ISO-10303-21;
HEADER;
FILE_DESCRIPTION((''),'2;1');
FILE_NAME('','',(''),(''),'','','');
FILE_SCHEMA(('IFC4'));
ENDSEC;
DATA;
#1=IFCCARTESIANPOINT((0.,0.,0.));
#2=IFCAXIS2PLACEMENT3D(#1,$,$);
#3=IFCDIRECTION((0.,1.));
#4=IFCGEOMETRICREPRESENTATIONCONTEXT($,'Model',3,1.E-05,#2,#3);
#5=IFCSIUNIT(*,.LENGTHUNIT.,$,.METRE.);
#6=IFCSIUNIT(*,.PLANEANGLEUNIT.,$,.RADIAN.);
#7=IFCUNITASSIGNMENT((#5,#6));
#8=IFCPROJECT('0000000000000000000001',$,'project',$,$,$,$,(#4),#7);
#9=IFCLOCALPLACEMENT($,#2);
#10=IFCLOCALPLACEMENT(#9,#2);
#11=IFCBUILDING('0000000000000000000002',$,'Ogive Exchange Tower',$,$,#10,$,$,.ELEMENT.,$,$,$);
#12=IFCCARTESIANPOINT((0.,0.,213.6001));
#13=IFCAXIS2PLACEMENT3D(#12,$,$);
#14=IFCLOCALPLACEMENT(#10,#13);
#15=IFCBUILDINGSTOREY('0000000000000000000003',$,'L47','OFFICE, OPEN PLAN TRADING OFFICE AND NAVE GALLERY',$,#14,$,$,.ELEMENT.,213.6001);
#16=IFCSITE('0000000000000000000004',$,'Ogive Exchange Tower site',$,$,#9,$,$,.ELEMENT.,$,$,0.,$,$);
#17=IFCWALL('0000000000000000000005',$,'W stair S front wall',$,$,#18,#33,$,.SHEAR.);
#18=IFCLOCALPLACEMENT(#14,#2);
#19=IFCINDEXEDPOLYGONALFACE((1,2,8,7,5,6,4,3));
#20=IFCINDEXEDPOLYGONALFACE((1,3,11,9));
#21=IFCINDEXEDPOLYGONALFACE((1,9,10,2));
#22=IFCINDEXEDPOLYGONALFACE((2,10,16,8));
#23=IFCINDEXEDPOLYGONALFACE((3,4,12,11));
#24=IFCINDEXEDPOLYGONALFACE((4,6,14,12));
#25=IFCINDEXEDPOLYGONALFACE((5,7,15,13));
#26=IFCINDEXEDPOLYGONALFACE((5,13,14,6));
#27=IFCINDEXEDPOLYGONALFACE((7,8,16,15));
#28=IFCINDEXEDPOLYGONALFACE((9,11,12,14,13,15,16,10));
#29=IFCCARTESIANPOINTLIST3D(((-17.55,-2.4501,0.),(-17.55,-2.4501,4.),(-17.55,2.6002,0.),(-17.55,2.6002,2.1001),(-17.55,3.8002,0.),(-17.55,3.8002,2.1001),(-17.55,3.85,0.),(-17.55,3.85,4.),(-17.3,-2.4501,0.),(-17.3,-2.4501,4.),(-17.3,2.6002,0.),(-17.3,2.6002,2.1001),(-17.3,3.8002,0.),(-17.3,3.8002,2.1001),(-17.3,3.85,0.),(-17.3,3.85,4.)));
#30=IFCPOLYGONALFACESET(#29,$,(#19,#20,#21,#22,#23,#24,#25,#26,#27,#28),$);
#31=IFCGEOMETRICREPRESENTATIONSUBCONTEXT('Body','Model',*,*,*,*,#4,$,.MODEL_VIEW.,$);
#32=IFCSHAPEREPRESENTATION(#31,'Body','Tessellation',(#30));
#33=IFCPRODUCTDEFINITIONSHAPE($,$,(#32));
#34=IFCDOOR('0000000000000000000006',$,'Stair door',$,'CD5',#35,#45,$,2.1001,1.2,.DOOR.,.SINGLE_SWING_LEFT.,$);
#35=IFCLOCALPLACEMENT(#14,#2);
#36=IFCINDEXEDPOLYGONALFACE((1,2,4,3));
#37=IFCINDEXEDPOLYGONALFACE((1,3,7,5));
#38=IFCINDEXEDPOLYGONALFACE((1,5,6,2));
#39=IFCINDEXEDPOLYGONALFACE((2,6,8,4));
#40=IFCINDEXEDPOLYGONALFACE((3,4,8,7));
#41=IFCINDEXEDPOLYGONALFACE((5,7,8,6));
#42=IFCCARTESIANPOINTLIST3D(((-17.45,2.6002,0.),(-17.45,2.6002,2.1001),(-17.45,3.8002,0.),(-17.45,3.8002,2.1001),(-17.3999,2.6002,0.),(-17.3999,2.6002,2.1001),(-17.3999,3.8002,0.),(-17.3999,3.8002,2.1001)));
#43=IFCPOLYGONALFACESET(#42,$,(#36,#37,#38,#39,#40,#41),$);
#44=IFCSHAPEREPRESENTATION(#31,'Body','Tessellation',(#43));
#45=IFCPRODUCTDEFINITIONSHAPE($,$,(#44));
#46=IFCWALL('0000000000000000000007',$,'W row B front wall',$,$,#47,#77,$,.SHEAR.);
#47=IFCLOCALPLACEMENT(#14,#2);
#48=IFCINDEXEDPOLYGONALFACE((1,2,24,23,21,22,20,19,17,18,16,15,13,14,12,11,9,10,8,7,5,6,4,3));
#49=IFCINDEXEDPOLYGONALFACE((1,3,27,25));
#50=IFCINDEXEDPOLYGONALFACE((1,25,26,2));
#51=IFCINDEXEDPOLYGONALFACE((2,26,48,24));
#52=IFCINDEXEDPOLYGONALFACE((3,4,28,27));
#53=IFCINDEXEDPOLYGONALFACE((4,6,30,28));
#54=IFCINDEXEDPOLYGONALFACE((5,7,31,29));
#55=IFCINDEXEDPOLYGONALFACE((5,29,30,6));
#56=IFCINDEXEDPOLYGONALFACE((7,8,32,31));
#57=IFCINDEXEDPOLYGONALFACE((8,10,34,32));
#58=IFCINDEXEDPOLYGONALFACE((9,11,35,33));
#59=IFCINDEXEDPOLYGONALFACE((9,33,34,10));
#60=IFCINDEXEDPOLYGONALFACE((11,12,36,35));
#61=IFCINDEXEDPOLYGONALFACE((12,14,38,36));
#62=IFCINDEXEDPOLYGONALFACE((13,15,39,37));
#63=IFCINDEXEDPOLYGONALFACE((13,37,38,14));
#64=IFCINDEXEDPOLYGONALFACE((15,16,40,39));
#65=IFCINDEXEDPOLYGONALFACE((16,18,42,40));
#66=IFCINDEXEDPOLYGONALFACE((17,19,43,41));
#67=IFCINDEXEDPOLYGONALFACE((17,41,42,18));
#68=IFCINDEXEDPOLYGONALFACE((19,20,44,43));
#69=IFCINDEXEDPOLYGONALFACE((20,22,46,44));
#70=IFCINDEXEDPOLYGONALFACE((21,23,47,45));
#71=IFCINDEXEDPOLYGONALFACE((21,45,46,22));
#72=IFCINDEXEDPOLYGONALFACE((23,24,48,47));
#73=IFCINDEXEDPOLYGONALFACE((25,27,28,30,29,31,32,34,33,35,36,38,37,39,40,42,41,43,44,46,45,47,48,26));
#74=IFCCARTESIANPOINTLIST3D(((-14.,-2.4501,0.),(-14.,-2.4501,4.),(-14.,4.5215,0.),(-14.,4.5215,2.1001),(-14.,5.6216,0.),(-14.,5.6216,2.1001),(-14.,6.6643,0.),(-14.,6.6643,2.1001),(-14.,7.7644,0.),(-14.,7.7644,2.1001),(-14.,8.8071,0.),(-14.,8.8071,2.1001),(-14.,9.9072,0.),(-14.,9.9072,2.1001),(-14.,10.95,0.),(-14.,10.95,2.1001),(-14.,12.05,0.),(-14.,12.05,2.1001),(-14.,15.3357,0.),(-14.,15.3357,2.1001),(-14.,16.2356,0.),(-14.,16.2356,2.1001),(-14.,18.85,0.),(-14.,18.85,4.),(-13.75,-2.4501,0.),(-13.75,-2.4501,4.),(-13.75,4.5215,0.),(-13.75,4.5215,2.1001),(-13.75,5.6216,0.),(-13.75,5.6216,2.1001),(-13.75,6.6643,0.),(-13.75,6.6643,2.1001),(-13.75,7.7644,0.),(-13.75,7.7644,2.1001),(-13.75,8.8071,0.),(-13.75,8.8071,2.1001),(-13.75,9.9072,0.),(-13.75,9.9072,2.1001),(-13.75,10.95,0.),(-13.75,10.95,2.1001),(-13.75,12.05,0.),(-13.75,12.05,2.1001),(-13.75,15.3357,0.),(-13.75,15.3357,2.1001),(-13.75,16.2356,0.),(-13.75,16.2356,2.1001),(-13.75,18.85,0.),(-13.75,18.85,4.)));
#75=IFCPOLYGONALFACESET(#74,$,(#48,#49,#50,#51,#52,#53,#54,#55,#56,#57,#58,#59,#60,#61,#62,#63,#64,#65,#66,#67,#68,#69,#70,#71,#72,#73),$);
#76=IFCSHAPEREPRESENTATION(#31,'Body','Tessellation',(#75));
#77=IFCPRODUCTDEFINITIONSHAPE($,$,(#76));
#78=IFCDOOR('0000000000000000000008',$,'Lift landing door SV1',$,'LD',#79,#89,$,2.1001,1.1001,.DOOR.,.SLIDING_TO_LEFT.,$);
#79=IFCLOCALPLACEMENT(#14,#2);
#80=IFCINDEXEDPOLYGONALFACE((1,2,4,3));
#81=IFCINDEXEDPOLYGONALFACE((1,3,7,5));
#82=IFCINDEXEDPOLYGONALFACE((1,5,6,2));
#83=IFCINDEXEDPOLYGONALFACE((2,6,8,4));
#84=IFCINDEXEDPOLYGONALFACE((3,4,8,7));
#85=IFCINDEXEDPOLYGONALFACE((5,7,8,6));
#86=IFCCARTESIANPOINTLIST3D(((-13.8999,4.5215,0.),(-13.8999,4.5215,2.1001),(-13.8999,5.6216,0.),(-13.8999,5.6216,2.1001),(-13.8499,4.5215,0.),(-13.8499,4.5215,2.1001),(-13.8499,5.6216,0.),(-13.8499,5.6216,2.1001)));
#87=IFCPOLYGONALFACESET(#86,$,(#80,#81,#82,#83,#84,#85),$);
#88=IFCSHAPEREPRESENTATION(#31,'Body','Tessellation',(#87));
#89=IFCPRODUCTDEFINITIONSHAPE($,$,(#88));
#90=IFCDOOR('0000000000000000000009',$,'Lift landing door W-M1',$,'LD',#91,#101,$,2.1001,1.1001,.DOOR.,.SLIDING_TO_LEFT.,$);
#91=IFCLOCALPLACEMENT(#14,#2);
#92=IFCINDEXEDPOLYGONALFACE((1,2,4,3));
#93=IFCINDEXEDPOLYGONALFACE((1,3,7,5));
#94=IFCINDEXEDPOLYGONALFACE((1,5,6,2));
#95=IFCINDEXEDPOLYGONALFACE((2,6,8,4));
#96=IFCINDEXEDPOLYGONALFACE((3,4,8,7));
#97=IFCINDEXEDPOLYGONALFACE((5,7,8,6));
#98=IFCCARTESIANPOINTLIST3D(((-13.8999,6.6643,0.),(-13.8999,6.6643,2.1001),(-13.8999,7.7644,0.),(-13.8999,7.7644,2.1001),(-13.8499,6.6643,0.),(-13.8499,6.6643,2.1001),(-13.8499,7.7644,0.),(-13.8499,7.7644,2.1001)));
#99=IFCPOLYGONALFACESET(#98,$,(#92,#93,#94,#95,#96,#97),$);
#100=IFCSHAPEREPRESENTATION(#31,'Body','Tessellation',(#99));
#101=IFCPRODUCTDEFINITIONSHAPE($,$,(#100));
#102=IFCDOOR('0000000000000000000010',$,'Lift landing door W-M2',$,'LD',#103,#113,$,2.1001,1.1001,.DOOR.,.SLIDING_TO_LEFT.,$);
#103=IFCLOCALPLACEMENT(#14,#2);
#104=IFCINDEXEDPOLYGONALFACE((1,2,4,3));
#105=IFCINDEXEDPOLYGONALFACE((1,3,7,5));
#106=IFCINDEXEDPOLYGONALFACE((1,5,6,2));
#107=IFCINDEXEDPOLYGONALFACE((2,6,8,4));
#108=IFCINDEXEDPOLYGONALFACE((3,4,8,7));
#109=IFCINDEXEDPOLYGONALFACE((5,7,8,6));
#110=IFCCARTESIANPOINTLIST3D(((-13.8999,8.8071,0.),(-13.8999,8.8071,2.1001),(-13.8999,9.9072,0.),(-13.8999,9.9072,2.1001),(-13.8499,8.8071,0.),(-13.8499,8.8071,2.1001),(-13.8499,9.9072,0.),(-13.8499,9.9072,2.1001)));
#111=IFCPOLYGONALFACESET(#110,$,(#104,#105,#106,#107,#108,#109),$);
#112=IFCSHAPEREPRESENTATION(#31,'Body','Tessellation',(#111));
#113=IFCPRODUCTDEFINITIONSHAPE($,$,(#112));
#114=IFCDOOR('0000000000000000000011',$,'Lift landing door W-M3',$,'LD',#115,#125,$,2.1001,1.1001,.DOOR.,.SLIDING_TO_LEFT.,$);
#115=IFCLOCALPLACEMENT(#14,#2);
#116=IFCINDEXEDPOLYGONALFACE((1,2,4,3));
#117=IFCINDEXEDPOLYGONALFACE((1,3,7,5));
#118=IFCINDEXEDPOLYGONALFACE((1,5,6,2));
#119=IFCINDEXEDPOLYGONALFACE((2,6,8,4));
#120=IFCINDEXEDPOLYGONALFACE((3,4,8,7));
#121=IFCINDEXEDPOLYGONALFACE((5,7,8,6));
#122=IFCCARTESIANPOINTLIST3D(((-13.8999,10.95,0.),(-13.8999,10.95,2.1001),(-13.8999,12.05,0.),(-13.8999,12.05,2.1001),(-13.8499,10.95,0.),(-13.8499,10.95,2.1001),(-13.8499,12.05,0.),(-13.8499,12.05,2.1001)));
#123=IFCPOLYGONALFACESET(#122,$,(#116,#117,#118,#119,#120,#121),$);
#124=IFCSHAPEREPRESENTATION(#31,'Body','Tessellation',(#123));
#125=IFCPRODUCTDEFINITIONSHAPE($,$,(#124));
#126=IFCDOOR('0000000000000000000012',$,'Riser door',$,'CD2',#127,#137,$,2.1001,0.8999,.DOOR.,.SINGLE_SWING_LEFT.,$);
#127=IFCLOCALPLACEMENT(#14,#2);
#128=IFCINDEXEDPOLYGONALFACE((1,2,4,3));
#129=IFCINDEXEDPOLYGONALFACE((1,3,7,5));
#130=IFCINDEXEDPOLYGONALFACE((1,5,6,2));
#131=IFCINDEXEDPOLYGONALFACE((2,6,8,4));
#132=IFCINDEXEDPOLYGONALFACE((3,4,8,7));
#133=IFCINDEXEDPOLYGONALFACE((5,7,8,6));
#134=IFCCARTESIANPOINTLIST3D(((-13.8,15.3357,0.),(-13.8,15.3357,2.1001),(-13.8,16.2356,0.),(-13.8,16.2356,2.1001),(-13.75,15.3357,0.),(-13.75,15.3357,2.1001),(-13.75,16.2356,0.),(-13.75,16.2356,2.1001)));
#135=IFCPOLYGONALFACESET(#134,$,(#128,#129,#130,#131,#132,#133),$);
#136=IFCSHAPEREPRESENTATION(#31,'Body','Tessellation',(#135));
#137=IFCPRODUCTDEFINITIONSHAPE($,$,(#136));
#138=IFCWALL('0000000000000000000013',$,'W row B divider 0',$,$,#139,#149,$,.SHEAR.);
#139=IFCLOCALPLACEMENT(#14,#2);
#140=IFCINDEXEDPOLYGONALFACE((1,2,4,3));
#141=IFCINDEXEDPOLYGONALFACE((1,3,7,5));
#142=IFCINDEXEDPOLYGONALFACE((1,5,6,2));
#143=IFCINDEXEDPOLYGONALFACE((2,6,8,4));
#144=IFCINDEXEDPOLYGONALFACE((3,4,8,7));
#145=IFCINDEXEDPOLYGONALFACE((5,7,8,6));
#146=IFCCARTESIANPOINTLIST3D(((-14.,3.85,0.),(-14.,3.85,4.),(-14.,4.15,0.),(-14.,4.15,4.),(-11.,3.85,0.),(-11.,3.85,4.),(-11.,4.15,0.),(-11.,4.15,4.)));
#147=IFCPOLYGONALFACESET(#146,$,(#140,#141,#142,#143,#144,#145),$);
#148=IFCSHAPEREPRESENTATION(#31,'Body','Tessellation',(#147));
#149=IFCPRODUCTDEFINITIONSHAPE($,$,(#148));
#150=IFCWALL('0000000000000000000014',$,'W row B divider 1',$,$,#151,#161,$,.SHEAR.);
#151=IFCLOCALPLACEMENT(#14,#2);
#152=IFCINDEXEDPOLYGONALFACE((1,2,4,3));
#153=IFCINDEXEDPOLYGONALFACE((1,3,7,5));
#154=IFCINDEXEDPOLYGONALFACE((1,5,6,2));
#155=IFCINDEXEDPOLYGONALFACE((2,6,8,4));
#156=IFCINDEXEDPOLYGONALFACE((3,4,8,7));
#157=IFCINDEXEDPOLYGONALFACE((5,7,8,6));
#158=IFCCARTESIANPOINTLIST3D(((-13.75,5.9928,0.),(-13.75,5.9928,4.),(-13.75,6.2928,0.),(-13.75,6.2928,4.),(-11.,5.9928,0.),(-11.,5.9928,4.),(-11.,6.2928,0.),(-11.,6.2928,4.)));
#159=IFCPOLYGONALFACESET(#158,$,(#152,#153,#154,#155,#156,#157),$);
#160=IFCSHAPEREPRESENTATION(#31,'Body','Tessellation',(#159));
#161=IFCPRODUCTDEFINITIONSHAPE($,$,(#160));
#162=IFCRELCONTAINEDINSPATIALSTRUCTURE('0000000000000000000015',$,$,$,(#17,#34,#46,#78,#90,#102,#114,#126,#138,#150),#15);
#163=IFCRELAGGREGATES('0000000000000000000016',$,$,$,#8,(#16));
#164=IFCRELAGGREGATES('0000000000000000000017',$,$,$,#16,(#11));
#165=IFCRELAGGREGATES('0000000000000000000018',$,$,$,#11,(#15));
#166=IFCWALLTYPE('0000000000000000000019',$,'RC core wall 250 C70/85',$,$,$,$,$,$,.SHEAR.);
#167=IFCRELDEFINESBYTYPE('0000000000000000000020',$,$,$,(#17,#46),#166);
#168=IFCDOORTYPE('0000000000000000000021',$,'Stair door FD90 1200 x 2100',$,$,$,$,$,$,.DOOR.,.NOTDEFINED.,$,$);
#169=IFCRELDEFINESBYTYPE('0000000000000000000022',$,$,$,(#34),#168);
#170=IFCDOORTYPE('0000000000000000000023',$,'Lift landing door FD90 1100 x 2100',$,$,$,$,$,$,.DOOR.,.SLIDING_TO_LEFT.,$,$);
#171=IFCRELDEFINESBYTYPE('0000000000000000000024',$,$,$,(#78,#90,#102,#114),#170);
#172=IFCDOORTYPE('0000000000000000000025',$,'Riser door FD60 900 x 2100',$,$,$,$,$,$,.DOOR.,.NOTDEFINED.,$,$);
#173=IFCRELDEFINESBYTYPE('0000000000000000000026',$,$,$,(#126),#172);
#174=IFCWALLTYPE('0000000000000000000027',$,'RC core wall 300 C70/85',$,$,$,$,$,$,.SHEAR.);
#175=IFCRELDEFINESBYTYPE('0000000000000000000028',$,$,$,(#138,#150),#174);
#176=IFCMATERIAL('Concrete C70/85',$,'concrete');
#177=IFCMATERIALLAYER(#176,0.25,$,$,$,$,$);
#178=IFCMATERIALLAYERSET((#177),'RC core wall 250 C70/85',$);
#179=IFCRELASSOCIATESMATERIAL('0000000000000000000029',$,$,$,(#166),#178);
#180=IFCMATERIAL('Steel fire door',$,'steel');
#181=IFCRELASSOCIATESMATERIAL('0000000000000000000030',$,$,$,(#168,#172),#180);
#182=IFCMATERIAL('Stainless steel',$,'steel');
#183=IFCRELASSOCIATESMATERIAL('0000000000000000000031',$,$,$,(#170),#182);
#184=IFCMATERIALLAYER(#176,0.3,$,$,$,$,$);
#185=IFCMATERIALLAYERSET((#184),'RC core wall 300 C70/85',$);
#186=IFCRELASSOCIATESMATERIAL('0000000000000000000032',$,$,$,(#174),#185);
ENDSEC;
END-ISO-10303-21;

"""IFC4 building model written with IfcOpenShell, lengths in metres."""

from ifc_helpers import new_model, si_unit, direction, frame, frame_2d, origin, place, context, subcontext, project, spatial, rectangle, extrude, material, layer, layer_set, type_object, element, fill, save


model = new_model("IFC4")

# Units and contexts
model_context = context("Model", 3, precision=1e-05, world=origin(), true_north=direction((0.0, 1.0)))
body_context = subcontext(model_context, "Body", "Model", "MODEL_VIEW")
ifc_project = project(units=[si_unit("LENGTHUNIT", "METRE"), si_unit("PLANEANGLEUNIT", "RADIAN")], contexts=[model_context])

# Site, building, storey
site_placement = place(None, origin())
site = spatial("IfcSite", under=ifc_project, at=site_placement, Name="Ogive Exchange Tower site", CompositionType="ELEMENT", RefElevation=0.0)
building_placement = place(site_placement, origin())
building = spatial("IfcBuilding", under=site, at=building_placement, Name="Ogive Exchange Tower", CompositionType="ELEMENT")
storey_placement = place(building_placement, frame((0.0, 0.0, 213.6001)))
storey = spatial("IfcBuildingStorey", under=building, at=storey_placement, Name="L47", Description="OFFICE, OPEN PLAN TRADING OFFICE AND NAVE GALLERY", CompositionType="ELEMENT", Elevation=213.6001)

# Shared definitions
ifc_material_1 = material(Name="Concrete C70/85", Category="concrete")

# Wall, opening, door
ifc_layer_1 = layer(ifc_material_1, 0.25)
ifc_layer_set_1 = layer_set([ifc_layer_1], Name="RC core wall 250 C70/85")
wall_type_1 = type_object("IfcWallType", Name="RC core wall 250 C70/85", PredefinedType="SHEAR", material=ifc_layer_set_1)
wall_1_placement = place(storey_placement, frame((-17.425, -2.45, 0.0), z_axis=(0.0, 0.0, 1.0), x_axis=(0.0, 1.0, 0.0)))
wall_1 = element("IfcWall", 1, at=wall_1_placement, inside=storey, type_object=wall_type_1, Name="W stair S front wall", PredefinedType="SHEAR", context=body_context, shape_type="SweptSolid", body=[
    extrude(rectangle(XDim=6.3, YDim=0.25, at=frame_2d((3.1499, 0.0))), origin(), (0.0, 0.0, 1.0), 4.0),
])
opening_1_placement = place(wall_1_placement, frame((5.05, 0.0, 0.0)))
opening_1 = element("IfcOpeningElement", 2, at=opening_1_placement, cuts=wall_1, PredefinedType="OPENING", context=body_context, shape_type="SweptSolid", body=[
    extrude(rectangle(XDim=1.2, YDim=2.1001, at=frame_2d((0.6001, 1.05))), frame((0.0, 0.135, 0.0), z_axis=(0.0, -1.0, 0.0), x_axis=(1.0, 0.0, 0.0)), (0.0, 0.0, 1.0), 0.27),
])
ifc_material_2 = material(Name="Steel fire door", Category="steel")
door_type_1 = type_object("IfcDoorType", Name="Stair door FD90 1200 x 2100", OperationType="NOTDEFINED", PredefinedType="DOOR", material=ifc_material_2)
door_1_placement = place(opening_1_placement, origin())
door_1 = element("IfcDoor", 3, at=door_1_placement, inside=storey, type_object=door_type_1, Name="Stair door", ObjectType="CD5", OperationType="SINGLE_SWING_LEFT", OverallHeight=2.1001, OverallWidth=1.2, PredefinedType="DOOR", context=body_context, shape_type="SweptSolid", body=[
    extrude(rectangle(XDim=1.2, YDim=2.1001, at=frame_2d((0.6001, 1.05))), frame((0.0, 0.0249, 0.0), z_axis=(0.0, -1.0, 0.0), x_axis=(1.0, 0.0, 0.0)), (0.0, 0.0, 1.0), 0.05),
])
fill(opening_1, door_1)

# Wall, openings, doors
wall_2_placement = place(storey_placement, frame((-13.875, -2.45, 0.0), z_axis=(0.0, 0.0, 1.0), x_axis=(0.0, 1.0, 0.0)))
wall_2 = element("IfcWall", 4, at=wall_2_placement, inside=storey, type_object=wall_type_1, Name="W row B front wall", PredefinedType="SHEAR", context=body_context, shape_type="SweptSolid", body=[
    extrude(rectangle(XDim=21.3, YDim=0.25, at=frame_2d((10.6499, 0.0))), origin(), (0.0, 0.0, 1.0), 4.0),
])
opening_2_placement = place(wall_2_placement, frame((17.7856, 0.0, 0.0)))
opening_2 = element("IfcOpeningElement", 5, at=opening_2_placement, cuts=wall_2, PredefinedType="OPENING", context=body_context, shape_type="SweptSolid", body=[
    extrude(rectangle(XDim=0.8999, YDim=2.1001, at=frame_2d((0.45, 1.05))), frame((0.0, 0.135, 0.0), z_axis=(0.0, -1.0, 0.0), x_axis=(1.0, 0.0, 0.0)), (0.0, 0.0, 1.0), 0.27),
])
opening_3_placement = place(wall_2_placement, frame((6.9714, 0.0, 0.0)))
opening_3 = element("IfcOpeningElement", 6, at=opening_3_placement, cuts=wall_2, PredefinedType="OPENING", context=body_context, shape_type="SweptSolid", body=[
    extrude(rectangle(XDim=1.1001, YDim=2.1001, at=frame_2d((0.55, 1.05))), frame((0.0, 0.135, 0.0), z_axis=(0.0, -1.0, 0.0), x_axis=(1.0, 0.0, 0.0)), (0.0, 0.0, 1.0), 0.27),
])
opening_4_placement = place(wall_2_placement, frame((9.1143, 0.0, 0.0)))
opening_4 = element("IfcOpeningElement", 7, at=opening_4_placement, cuts=wall_2, PredefinedType="OPENING", context=body_context, shape_type="SweptSolid", body=[
    extrude(rectangle(XDim=1.1001, YDim=2.1001, at=frame_2d((0.55, 1.05))), frame((0.0, 0.135, 0.0), z_axis=(0.0, -1.0, 0.0), x_axis=(1.0, 0.0, 0.0)), (0.0, 0.0, 1.0), 0.27),
])
opening_5_placement = place(wall_2_placement, frame((11.2571, 0.0, 0.0)))
opening_5 = element("IfcOpeningElement", 8, at=opening_5_placement, cuts=wall_2, PredefinedType="OPENING", context=body_context, shape_type="SweptSolid", body=[
    extrude(rectangle(XDim=1.1001, YDim=2.1001, at=frame_2d((0.55, 1.05))), frame((0.0, 0.135, 0.0), z_axis=(0.0, -1.0, 0.0), x_axis=(1.0, 0.0, 0.0)), (0.0, 0.0, 1.0), 0.27),
])
opening_6_placement = place(wall_2_placement, frame((13.3999, 0.0, 0.0)))
opening_6 = element("IfcOpeningElement", 9, at=opening_6_placement, cuts=wall_2, PredefinedType="OPENING", context=body_context, shape_type="SweptSolid", body=[
    extrude(rectangle(XDim=1.1001, YDim=2.1001, at=frame_2d((0.55, 1.05))), frame((0.0, 0.135, 0.0), z_axis=(0.0, -1.0, 0.0), x_axis=(1.0, 0.0, 0.0)), (0.0, 0.0, 1.0), 0.27),
])
ifc_material_3 = material(Name="Stainless steel", Category="steel")
door_type_2 = type_object("IfcDoorType", Name="Lift landing door FD90 1100 x 2100", OperationType="SLIDING_TO_LEFT", PredefinedType="DOOR", material=ifc_material_3)
door_2_placement = place(opening_3_placement, origin())
door_2 = element("IfcDoor", 10, at=door_2_placement, inside=storey, type_object=door_type_2, Name="Lift landing door SV1", ObjectType="LD", OperationType="SLIDING_TO_LEFT", OverallHeight=2.1001, OverallWidth=1.1001, PredefinedType="DOOR", context=body_context, shape_type="SweptSolid", body=[
    extrude(rectangle(XDim=1.1001, YDim=2.1001, at=frame_2d((0.55, 1.05))), frame((0.0, 0.0249, 0.0), z_axis=(0.0, -1.0, 0.0), x_axis=(1.0, 0.0, 0.0)), (0.0, 0.0, 1.0), 0.05),
])
fill(opening_3, door_2)
door_3_placement = place(opening_4_placement, origin())
door_3 = element("IfcDoor", 11, at=door_3_placement, inside=storey, type_object=door_type_2, Name="Lift landing door W-M1", ObjectType="LD", OperationType="SLIDING_TO_LEFT", OverallHeight=2.1001, OverallWidth=1.1001, PredefinedType="DOOR", context=body_context, shape_type="SweptSolid", body=[
    extrude(rectangle(XDim=1.1001, YDim=2.1001, at=frame_2d((0.55, 1.05))), frame((0.0, 0.0249, 0.0), z_axis=(0.0, -1.0, 0.0), x_axis=(1.0, 0.0, 0.0)), (0.0, 0.0, 1.0), 0.05),
])
fill(opening_4, door_3)
door_4_placement = place(opening_5_placement, origin())
door_4 = element("IfcDoor", 12, at=door_4_placement, inside=storey, type_object=door_type_2, Name="Lift landing door W-M2", ObjectType="LD", OperationType="SLIDING_TO_LEFT", OverallHeight=2.1001, OverallWidth=1.1001, PredefinedType="DOOR", context=body_context, shape_type="SweptSolid", body=[
    extrude(rectangle(XDim=1.1001, YDim=2.1001, at=frame_2d((0.55, 1.05))), frame((0.0, 0.0249, 0.0), z_axis=(0.0, -1.0, 0.0), x_axis=(1.0, 0.0, 0.0)), (0.0, 0.0, 1.0), 0.05),
])
fill(opening_5, door_4)
door_5_placement = place(opening_6_placement, origin())
door_5 = element("IfcDoor", 13, at=door_5_placement, inside=storey, type_object=door_type_2, Name="Lift landing door W-M3", ObjectType="LD", OperationType="SLIDING_TO_LEFT", OverallHeight=2.1001, OverallWidth=1.1001, PredefinedType="DOOR", context=body_context, shape_type="SweptSolid", body=[
    extrude(rectangle(XDim=1.1001, YDim=2.1001, at=frame_2d((0.55, 1.05))), frame((0.0, 0.0249, 0.0), z_axis=(0.0, -1.0, 0.0), x_axis=(1.0, 0.0, 0.0)), (0.0, 0.0, 1.0), 0.05),
])
fill(opening_6, door_5)
door_type_3 = type_object("IfcDoorType", Name="Riser door FD60 900 x 2100", OperationType="NOTDEFINED", PredefinedType="DOOR", material=ifc_material_2)
door_6_placement = place(opening_2_placement, frame((0.8999, -0.2002, 0.0), z_axis=(0.0, 0.0, 1.0), x_axis=(-1.0, 0.0, 0.0)))
door_6 = element("IfcDoor", 14, at=door_6_placement, inside=storey, type_object=door_type_3, Name="Riser door", ObjectType="CD2", OperationType="SINGLE_SWING_LEFT", OverallHeight=2.1001, OverallWidth=0.8999, PredefinedType="DOOR", context=body_context, shape_type="SweptSolid", body=[
    extrude(rectangle(XDim=0.8999, YDim=2.1001, at=frame_2d((0.45, 1.05))), frame((0.0, -0.0752, 0.0), z_axis=(0.0, -1.0, 0.0), x_axis=(1.0, 0.0, 0.0)), (0.0, 0.0, 1.0), 0.05),
])
fill(opening_2, door_6)

# Walls
ifc_layer_2 = layer(ifc_material_1, 0.3)
ifc_layer_set_2 = layer_set([ifc_layer_2], Name="RC core wall 300 C70/85")
wall_type_2 = type_object("IfcWallType", Name="RC core wall 300 C70/85", PredefinedType="SHEAR", material=ifc_layer_set_2)
wall_3_placement = place(storey_placement, frame((-14.0, 4.0, 0.0), z_axis=(0.0, 0.0, 1.0), x_axis=(1.0, 0.0, 0.0)))
element("IfcWall", 15, at=wall_3_placement, inside=storey, type_object=wall_type_2, Name="W row B divider 0", PredefinedType="SHEAR", context=body_context, shape_type="SweptSolid", body=[
    extrude(rectangle(XDim=3.0, YDim=0.3, at=frame_2d((1.5, 0.0))), origin(), (0.0, 0.0, 1.0), 4.0),
])
wall_4_placement = place(storey_placement, frame((-13.75, 6.1428, 0.0), z_axis=(0.0, 0.0, 1.0), x_axis=(1.0, 0.0, 0.0)))
element("IfcWall", 16, at=wall_4_placement, inside=storey, type_object=wall_type_2, Name="W row B divider 1", PredefinedType="SHEAR", context=body_context, shape_type="SweptSolid", body=[
    extrude(rectangle(XDim=2.75, YDim=0.3, at=frame_2d((1.375, 0.0))), origin(), (0.0, 0.0, 1.0), 4.0),
])

save(model, "model.ifc")
